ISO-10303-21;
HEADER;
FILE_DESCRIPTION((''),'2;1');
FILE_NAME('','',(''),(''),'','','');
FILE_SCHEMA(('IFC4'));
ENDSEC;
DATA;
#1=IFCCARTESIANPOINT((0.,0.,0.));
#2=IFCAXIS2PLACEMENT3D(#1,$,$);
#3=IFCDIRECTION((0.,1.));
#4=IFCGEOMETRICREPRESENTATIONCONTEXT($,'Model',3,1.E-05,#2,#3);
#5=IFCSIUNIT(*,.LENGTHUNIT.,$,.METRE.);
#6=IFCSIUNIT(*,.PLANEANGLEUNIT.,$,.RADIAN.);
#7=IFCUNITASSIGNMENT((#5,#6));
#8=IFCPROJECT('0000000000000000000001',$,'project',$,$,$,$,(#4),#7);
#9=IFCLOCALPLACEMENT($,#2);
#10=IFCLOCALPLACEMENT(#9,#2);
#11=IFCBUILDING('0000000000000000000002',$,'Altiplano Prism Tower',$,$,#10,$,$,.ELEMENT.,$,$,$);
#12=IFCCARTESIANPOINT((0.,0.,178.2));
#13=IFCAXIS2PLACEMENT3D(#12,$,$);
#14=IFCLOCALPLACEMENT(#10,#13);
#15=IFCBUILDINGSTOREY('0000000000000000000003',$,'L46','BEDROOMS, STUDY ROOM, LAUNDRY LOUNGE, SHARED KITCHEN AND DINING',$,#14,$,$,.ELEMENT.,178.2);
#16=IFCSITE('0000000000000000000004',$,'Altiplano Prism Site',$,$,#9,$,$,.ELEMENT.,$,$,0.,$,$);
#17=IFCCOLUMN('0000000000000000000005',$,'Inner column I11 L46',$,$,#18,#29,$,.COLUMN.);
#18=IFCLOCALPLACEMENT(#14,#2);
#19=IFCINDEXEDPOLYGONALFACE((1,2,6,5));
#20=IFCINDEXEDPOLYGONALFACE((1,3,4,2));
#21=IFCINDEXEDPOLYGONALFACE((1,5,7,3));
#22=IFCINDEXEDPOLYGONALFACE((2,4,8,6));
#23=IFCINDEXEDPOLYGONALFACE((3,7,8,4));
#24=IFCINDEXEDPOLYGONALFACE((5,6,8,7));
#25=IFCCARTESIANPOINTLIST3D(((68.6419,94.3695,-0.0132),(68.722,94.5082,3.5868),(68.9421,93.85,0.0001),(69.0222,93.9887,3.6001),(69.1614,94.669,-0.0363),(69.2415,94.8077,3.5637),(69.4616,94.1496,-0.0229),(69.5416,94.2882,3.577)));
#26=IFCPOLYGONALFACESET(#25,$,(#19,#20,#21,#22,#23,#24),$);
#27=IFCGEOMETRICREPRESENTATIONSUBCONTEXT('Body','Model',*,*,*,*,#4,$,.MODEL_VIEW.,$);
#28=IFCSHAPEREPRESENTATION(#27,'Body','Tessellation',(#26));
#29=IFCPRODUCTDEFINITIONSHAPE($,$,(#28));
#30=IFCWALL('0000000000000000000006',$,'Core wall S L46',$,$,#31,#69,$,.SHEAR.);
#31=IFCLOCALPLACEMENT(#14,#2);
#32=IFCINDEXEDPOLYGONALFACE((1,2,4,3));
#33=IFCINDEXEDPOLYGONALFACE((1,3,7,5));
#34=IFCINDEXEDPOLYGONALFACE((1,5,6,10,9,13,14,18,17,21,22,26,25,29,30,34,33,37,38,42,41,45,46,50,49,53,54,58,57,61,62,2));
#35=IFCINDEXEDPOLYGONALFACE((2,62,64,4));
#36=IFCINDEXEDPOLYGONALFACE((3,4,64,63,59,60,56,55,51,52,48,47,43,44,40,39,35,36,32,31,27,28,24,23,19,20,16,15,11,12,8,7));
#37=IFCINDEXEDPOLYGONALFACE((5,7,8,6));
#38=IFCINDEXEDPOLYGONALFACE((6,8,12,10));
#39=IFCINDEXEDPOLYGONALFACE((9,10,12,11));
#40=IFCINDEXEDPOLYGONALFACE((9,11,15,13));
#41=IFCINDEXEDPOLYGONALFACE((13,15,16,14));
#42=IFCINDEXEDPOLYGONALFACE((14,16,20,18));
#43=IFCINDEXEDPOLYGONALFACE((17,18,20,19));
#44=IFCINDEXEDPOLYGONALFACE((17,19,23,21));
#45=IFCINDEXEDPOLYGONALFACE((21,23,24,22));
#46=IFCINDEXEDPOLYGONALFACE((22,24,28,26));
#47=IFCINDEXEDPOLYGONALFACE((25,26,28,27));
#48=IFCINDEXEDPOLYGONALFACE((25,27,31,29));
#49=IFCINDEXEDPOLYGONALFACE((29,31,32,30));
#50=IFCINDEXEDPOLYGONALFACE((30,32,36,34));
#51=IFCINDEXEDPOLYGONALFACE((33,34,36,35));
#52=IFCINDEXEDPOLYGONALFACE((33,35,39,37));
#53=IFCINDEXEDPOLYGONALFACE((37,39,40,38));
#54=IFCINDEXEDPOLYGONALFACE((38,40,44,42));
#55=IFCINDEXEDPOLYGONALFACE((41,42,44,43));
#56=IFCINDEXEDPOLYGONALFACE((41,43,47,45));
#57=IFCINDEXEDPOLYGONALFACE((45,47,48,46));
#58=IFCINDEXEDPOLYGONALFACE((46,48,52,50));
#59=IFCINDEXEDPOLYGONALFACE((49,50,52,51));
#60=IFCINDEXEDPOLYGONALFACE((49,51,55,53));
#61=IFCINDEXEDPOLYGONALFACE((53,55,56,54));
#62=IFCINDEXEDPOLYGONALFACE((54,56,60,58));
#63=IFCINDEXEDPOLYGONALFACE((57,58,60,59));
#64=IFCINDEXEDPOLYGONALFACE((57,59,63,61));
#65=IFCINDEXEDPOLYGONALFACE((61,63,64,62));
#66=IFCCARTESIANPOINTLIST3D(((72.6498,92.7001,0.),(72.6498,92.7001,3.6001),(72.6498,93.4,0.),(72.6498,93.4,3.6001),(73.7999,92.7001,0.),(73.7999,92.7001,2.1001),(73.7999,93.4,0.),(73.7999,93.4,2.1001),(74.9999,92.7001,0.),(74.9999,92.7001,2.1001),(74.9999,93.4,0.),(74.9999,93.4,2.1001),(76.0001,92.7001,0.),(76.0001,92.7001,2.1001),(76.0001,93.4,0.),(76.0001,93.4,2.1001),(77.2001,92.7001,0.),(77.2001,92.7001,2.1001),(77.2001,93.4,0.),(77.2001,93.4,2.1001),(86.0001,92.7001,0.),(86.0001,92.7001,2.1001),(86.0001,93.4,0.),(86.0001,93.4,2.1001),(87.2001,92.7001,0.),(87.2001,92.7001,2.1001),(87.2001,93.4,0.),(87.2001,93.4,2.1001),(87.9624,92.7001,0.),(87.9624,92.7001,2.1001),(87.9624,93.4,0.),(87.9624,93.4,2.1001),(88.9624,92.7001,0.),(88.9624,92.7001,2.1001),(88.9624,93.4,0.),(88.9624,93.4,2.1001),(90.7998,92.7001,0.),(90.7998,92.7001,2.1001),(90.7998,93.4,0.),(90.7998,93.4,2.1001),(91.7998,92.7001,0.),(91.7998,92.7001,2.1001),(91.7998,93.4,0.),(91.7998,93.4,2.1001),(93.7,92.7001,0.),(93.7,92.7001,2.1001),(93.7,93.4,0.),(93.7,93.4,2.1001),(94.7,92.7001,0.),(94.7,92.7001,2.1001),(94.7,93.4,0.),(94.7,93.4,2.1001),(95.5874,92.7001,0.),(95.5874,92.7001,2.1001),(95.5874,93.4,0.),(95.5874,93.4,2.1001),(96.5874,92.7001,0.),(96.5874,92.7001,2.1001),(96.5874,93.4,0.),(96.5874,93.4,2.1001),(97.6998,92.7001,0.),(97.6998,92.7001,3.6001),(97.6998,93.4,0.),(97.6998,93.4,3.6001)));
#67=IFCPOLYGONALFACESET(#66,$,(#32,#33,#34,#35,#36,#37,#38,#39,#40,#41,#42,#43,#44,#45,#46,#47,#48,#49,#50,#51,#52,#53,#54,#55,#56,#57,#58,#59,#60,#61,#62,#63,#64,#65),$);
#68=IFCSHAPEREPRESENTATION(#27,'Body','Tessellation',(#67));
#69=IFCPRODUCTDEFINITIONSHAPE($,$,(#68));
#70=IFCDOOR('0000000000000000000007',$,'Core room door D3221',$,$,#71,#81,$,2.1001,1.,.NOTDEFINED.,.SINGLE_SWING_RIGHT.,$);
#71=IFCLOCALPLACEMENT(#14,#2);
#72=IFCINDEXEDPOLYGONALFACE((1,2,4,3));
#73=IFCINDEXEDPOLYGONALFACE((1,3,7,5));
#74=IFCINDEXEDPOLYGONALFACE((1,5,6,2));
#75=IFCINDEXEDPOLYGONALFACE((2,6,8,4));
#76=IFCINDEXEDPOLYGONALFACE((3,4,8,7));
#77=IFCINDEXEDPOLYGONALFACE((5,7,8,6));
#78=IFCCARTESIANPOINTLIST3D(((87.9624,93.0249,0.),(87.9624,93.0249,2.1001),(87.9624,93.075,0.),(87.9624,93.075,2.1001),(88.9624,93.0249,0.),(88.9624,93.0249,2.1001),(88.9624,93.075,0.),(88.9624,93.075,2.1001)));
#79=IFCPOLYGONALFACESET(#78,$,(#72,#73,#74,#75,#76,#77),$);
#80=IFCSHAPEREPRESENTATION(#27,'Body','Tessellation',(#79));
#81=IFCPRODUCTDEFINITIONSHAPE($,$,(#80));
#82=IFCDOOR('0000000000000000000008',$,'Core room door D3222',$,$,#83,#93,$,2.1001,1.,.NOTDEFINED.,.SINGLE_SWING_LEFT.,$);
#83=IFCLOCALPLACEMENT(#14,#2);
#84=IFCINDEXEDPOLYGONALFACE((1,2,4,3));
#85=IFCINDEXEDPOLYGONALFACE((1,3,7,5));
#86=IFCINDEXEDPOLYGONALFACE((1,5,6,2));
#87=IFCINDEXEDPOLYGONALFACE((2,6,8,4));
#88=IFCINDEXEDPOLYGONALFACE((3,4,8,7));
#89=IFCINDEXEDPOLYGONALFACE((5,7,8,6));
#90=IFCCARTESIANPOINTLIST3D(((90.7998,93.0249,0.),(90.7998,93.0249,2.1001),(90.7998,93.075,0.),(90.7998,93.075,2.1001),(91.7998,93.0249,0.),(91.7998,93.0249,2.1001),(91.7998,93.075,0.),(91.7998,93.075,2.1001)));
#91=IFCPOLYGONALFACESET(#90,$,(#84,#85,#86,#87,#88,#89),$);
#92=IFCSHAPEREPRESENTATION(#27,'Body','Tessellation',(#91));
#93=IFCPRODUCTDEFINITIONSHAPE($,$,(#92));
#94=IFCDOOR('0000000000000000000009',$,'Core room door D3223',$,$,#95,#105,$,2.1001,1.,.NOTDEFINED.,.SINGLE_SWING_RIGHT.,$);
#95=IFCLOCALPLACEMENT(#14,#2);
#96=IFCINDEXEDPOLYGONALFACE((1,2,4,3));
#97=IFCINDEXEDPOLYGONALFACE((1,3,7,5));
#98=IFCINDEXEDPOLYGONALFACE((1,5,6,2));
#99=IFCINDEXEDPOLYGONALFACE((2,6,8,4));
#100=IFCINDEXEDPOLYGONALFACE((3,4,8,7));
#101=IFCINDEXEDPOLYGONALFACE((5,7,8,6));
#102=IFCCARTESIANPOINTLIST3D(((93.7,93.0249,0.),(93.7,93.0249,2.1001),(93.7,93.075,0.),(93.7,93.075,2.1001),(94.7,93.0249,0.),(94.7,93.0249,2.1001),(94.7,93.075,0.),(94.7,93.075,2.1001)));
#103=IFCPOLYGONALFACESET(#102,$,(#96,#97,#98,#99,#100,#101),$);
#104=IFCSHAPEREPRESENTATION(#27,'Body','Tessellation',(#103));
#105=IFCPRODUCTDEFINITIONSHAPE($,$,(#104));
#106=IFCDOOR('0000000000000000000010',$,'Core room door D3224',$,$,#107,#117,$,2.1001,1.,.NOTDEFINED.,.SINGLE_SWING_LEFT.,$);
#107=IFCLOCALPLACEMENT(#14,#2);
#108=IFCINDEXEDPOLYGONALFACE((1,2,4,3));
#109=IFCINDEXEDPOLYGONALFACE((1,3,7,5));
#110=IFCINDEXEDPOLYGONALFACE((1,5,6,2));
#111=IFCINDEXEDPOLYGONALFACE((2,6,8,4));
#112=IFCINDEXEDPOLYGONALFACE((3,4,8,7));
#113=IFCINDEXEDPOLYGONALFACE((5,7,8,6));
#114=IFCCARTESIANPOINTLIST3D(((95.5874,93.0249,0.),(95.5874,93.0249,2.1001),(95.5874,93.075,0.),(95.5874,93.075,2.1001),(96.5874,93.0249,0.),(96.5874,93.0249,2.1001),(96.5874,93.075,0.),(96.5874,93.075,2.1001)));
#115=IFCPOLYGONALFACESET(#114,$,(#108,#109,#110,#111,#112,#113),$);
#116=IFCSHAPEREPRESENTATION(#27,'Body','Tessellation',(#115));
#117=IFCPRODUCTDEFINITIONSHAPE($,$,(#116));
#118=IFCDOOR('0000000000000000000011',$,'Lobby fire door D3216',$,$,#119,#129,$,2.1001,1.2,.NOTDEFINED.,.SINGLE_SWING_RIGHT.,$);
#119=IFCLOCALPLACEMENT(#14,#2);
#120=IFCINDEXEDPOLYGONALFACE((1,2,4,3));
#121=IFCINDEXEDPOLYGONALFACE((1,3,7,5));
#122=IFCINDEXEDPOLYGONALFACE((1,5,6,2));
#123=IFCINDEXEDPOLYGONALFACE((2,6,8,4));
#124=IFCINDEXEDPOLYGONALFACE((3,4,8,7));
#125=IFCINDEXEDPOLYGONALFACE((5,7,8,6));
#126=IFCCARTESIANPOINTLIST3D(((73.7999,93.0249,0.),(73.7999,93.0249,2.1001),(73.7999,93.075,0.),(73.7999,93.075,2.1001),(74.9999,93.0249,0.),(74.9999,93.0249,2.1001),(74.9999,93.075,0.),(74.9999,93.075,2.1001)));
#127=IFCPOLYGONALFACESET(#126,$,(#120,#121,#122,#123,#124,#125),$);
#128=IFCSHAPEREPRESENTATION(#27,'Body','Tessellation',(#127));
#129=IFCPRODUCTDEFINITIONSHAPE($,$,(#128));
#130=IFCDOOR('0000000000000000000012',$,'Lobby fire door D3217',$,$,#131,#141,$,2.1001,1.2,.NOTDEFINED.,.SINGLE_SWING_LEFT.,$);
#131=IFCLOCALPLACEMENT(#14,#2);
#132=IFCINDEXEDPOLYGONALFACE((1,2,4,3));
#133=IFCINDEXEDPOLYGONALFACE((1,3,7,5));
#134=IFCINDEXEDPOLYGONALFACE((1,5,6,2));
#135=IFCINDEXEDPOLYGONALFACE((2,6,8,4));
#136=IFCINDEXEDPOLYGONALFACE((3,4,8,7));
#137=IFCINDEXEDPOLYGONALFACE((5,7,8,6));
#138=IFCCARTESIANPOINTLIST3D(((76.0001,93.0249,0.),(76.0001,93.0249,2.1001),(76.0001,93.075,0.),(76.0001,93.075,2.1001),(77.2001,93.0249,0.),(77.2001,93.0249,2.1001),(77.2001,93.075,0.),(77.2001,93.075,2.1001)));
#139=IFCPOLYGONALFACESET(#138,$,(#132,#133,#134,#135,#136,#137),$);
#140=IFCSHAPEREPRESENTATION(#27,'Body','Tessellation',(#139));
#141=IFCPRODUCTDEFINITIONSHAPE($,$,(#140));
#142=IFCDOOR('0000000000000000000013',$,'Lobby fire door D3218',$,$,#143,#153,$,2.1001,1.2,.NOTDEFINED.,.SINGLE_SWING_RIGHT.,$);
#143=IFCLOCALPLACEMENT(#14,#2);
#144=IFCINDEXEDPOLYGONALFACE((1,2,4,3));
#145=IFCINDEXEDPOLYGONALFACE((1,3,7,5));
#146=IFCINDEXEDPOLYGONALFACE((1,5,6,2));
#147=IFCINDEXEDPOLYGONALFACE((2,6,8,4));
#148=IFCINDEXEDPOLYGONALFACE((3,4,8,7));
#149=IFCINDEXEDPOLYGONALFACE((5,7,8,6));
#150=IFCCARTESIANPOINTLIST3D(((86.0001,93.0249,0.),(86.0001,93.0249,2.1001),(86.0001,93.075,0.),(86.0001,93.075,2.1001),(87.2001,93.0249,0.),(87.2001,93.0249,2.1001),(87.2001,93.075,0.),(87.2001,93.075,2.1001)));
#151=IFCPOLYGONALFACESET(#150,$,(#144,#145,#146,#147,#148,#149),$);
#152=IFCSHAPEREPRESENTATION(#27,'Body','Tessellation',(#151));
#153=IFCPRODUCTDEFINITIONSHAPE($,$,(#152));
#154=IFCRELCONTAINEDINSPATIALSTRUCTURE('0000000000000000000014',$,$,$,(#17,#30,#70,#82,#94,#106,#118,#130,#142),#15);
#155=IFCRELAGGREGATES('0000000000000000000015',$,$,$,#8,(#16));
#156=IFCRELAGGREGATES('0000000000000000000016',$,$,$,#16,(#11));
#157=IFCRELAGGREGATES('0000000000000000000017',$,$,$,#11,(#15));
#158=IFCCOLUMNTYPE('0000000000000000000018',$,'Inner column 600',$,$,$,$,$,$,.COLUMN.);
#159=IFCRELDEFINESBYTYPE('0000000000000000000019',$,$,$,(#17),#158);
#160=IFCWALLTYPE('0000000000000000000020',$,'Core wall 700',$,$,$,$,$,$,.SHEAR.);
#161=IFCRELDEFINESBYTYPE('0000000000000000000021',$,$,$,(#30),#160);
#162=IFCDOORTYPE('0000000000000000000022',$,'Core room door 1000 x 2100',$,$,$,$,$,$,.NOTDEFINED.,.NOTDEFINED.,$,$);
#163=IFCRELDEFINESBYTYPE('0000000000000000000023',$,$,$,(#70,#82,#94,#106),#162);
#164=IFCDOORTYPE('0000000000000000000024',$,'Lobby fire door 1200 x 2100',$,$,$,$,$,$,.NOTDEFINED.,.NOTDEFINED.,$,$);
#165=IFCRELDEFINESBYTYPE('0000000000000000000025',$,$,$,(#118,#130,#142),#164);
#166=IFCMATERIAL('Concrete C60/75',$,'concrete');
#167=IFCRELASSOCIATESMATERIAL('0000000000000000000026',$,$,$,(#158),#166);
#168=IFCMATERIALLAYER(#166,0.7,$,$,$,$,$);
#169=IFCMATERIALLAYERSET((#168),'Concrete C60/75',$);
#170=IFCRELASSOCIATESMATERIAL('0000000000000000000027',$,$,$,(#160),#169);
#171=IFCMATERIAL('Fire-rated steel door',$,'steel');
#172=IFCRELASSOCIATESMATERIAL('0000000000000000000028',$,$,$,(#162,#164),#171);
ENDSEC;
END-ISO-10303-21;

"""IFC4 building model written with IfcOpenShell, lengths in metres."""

from ifc_helpers import new_model, si_unit, direction, frame, frame_2d, origin, origin_2d, place, context, subcontext, project, spatial, rectangle, extrude, material, layer, layer_set, material_profile, profile_set, type_object, element, fill, save


model = new_model("IFC4")

# Units and contexts
model_context = context("Model", 3, precision=1e-05, world=origin(), true_north=direction((0.0, 1.0)))
body_context = subcontext(model_context, "Body", "Model", "MODEL_VIEW")
ifc_project = project(units=[si_unit("LENGTHUNIT", "METRE"), si_unit("PLANEANGLEUNIT", "RADIAN")], contexts=[model_context])

# Site, building, storey
site_placement = place(None, origin())
site = spatial("IfcSite", under=ifc_project, at=site_placement, Name="Altiplano Prism Site", CompositionType="ELEMENT", RefElevation=0.0)
building_placement = place(site_placement, origin())
building = spatial("IfcBuilding", under=site, at=building_placement, Name="Altiplano Prism Tower", CompositionType="ELEMENT")
storey_placement = place(building_placement, frame((0.0, 0.0, 178.2)))
storey = spatial("IfcBuildingStorey", under=building, at=storey_placement, Name="L46", Description="BEDROOMS, STUDY ROOM, LAUNDRY LOUNGE, SHARED KITCHEN AND DINING", CompositionType="ELEMENT", Elevation=178.2)

# Column
ifc_material_1 = material(Name="Concrete C60/75", Category="concrete")
ifc_material_profile = material_profile(ifc_material_1, rectangle(XDim=0.6001, YDim=0.6001, at=origin_2d()), Name="Inner column 600")
ifc_profile_set = profile_set([ifc_material_profile], Name="Concrete C60/75")
column_type = type_object("IfcColumnType", Name="Inner column 600", PredefinedType="COLUMN", material=ifc_profile_set)
column_placement = place(storey_placement, frame((69.0518, 94.2595, -0.0181), z_axis=(0.022223, 0.038483, 0.999012), x_axis=(-0.865642, -0.499182, 0.038485)))
element("IfcColumn", 1, at=column_placement, inside=storey, type_object=column_type, Name="Inner column I11 L46", PredefinedType="COLUMN", context=body_context, shape_type="SweptSolid", body=[
    extrude(rectangle(XDim=0.6001, YDim=0.6001, at=origin_2d()), origin(), (0.0, 0.0, 1.0), 3.6035),
])

# Wall, openings, doors
ifc_layer_1 = layer(ifc_material_1, 0.7)
ifc_layer_set_1 = layer_set([ifc_layer_1], Name="Concrete C60/75")
wall_type_1 = type_object("IfcWallType", Name="Core wall 700", PredefinedType="SHEAR", material=ifc_layer_set_1)
wall_1_placement = place(storey_placement, frame((72.6499, 93.05, 0.0), z_axis=(0.0, 0.0, 1.0), x_axis=(1.0, 0.0, 0.0)))
wall_1 = element("IfcWall", 2, at=wall_1_placement, inside=storey, type_object=wall_type_1, Name="Core wall S L46", PredefinedType="SHEAR", context=body_context, shape_type="SweptSolid", body=[
    extrude(rectangle(XDim=25.05, YDim=0.7, at=frame_2d((12.5249, 0.0))), origin(), (0.0, 0.0, 1.0), 3.6001),
])
opening_1_placement = place(wall_1_placement, frame((1.1499, 0.0, 0.0)))
opening_1 = element("IfcOpeningElement", 3, at=opening_1_placement, cuts=wall_1, PredefinedType="OPENING", context=body_context, shape_type="SweptSolid", body=[
    extrude(rectangle(XDim=1.2, YDim=2.1001, at=frame_2d((0.6001, 1.05))), frame((0.0, 0.3604, 0.0), z_axis=(0.0, -1.0, 0.0), x_axis=(1.0, 0.0, 0.0)), (0.0, 0.0, 1.0), 0.7209),
])
opening_2_placement = place(wall_1_placement, frame((3.3501, 0.0, 0.0)))
opening_2 = element("IfcOpeningElement", 4, at=opening_2_placement, cuts=wall_1, PredefinedType="OPENING", context=body_context, shape_type="SweptSolid", body=[
    extrude(rectangle(XDim=1.2, YDim=2.1001, at=frame_2d((0.6001, 1.05))), frame((0.0, 0.3604, 0.0), z_axis=(0.0, -1.0, 0.0), x_axis=(1.0, 0.0, 0.0)), (0.0, 0.0, 1.0), 0.7209),
])
opening_3_placement = place(wall_1_placement, frame((13.3501, 0.0, 0.0)))
opening_3 = element("IfcOpeningElement", 5, at=opening_3_placement, cuts=wall_1, PredefinedType="OPENING", context=body_context, shape_type="SweptSolid", body=[
    extrude(rectangle(XDim=1.2, YDim=2.1001, at=frame_2d((0.6001, 1.05))), frame((0.0, 0.3604, 0.0), z_axis=(0.0, -1.0, 0.0), x_axis=(1.0, 0.0, 0.0)), (0.0, 0.0, 1.0), 0.7209),
])
opening_4_placement = place(wall_1_placement, frame((15.3125, 0.0, 0.0)))
opening_4 = element("IfcOpeningElement", 6, at=opening_4_placement, cuts=wall_1, PredefinedType="OPENING", context=body_context, shape_type="SweptSolid", body=[
    extrude(rectangle(XDim=1.0, YDim=2.1001, at=frame_2d((0.5, 1.05))), frame((0.0, 0.3604, 0.0), z_axis=(0.0, -1.0, 0.0), x_axis=(1.0, 0.0, 0.0)), (0.0, 0.0, 1.0), 0.7209),
])
opening_5_placement = place(wall_1_placement, frame((18.1499, 0.0, 0.0)))
opening_5 = element("IfcOpeningElement", 7, at=opening_5_placement, cuts=wall_1, PredefinedType="OPENING", context=body_context, shape_type="SweptSolid", body=[
    extrude(rectangle(XDim=1.0, YDim=2.1001, at=frame_2d((0.5, 1.05))), frame((0.0, 0.3604, 0.0), z_axis=(0.0, -1.0, 0.0), x_axis=(1.0, 0.0, 0.0)), (0.0, 0.0, 1.0), 0.7209),
])
opening_6_placement = place(wall_1_placement, frame((21.05, 0.0, 0.0)))
opening_6 = element("IfcOpeningElement", 8, at=opening_6_placement, cuts=wall_1, PredefinedType="OPENING", context=body_context, shape_type="SweptSolid", body=[
    extrude(rectangle(XDim=1.0, YDim=2.1001, at=frame_2d((0.5, 1.05))), frame((0.0, 0.3604, 0.0), z_axis=(0.0, -1.0, 0.0), x_axis=(1.0, 0.0, 0.0)), (0.0, 0.0, 1.0), 0.7209),
])
opening_7_placement = place(wall_1_placement, frame((22.9375, 0.0, 0.0)))
opening_7 = element("IfcOpeningElement", 9, at=opening_7_placement, cuts=wall_1, PredefinedType="OPENING", context=body_context, shape_type="SweptSolid", body=[
    extrude(rectangle(XDim=1.0, YDim=2.1001, at=frame_2d((0.5, 1.05))), frame((0.0, 0.3604, 0.0), z_axis=(0.0, -1.0, 0.0), x_axis=(1.0, 0.0, 0.0)), (0.0, 0.0, 1.0), 0.7209),
])
ifc_material_2 = material(Name="Fire-rated steel door", Category="steel")
door_type_1 = type_object("IfcDoorType", Name="Core room door 1000 x 2100", OperationType="NOTDEFINED", PredefinedType="NOTDEFINED", material=ifc_material_2)
door_1_placement = place(opening_4_placement, origin())
door_1 = element("IfcDoor", 10, at=door_1_placement, inside=storey, type_object=door_type_1, Name="Core room door D3221", OperationType="SINGLE_SWING_RIGHT", OverallHeight=2.1001, OverallWidth=1.0, PredefinedType="NOTDEFINED", context=body_context, shape_type="SweptSolid", body=[
    extrude(rectangle(XDim=1.0, YDim=2.1001, at=frame_2d((0.5, 1.05))), frame((0.0, 0.0249, 0.0), z_axis=(0.0, -1.0, 0.0), x_axis=(1.0, 0.0, 0.0)), (0.0, 0.0, 1.0), 0.05),
])
fill(opening_4, door_1)
door_2_placement = place(opening_5_placement, origin())
door_2 = element("IfcDoor", 11, at=door_2_placement, inside=storey, type_object=door_type_1, Name="Core room door D3222", OperationType="SINGLE_SWING_LEFT", OverallHeight=2.1001, OverallWidth=1.0, PredefinedType="NOTDEFINED", context=body_context, shape_type="SweptSolid", body=[
    extrude(rectangle(XDim=1.0, YDim=2.1001, at=frame_2d((0.5, 1.05))), frame((0.0, 0.0249, 0.0), z_axis=(0.0, -1.0, 0.0), x_axis=(1.0, 0.0, 0.0)), (0.0, 0.0, 1.0), 0.05),
])
fill(opening_5, door_2)
door_3_placement = place(opening_6_placement, origin())
door_3 = element("IfcDoor", 12, at=door_3_placement, inside=storey, type_object=door_type_1, Name="Core room door D3223", OperationType="SINGLE_SWING_RIGHT", OverallHeight=2.1001, OverallWidth=1.0, PredefinedType="NOTDEFINED", context=body_context, shape_type="SweptSolid", body=[
    extrude(rectangle(XDim=1.0, YDim=2.1001, at=frame_2d((0.5, 1.05))), frame((0.0, 0.0249, 0.0), z_axis=(0.0, -1.0, 0.0), x_axis=(1.0, 0.0, 0.0)), (0.0, 0.0, 1.0), 0.05),
])
fill(opening_6, door_3)
door_4_placement = place(opening_7_placement, origin())
door_4 = element("IfcDoor", 13, at=door_4_placement, inside=storey, type_object=door_type_1, Name="Core room door D3224", OperationType="SINGLE_SWING_LEFT", OverallHeight=2.1001, OverallWidth=1.0, PredefinedType="NOTDEFINED", context=body_context, shape_type="SweptSolid", body=[
    extrude(rectangle(XDim=1.0, YDim=2.1001, at=frame_2d((0.5, 1.05))), frame((0.0, 0.0249, 0.0), z_axis=(0.0, -1.0, 0.0), x_axis=(1.0, 0.0, 0.0)), (0.0, 0.0, 1.0), 0.05),
])
fill(opening_7, door_4)
door_type_2 = type_object("IfcDoorType", Name="Lobby fire door 1200 x 2100", OperationType="NOTDEFINED", PredefinedType="NOTDEFINED", material=ifc_material_2)
door_5_placement = place(opening_1_placement, origin())
door_5 = element("IfcDoor", 14, at=door_5_placement, inside=storey, type_object=door_type_2, Name="Lobby fire door D3216", OperationType="SINGLE_SWING_RIGHT", OverallHeight=2.1001, OverallWidth=1.2, PredefinedType="NOTDEFINED", context=body_context, shape_type="SweptSolid", body=[
    extrude(rectangle(XDim=1.2, YDim=2.1001, at=frame_2d((0.6001, 1.05))), frame((0.0, 0.0249, 0.0), z_axis=(0.0, -1.0, 0.0), x_axis=(1.0, 0.0, 0.0)), (0.0, 0.0, 1.0), 0.05),
])
fill(opening_1, door_5)
door_6_placement = place(opening_2_placement, origin())
door_6 = element("IfcDoor", 15, at=door_6_placement, inside=storey, type_object=door_type_2, Name="Lobby fire door D3217", OperationType="SINGLE_SWING_LEFT", OverallHeight=2.1001, OverallWidth=1.2, PredefinedType="NOTDEFINED", context=body_context, shape_type="SweptSolid", body=[
    extrude(rectangle(XDim=1.2, YDim=2.1001, at=frame_2d((0.6001, 1.05))), frame((0.0, 0.0249, 0.0), z_axis=(0.0, -1.0, 0.0), x_axis=(1.0, 0.0, 0.0)), (0.0, 0.0, 1.0), 0.05),
])
fill(opening_2, door_6)
door_7_placement = place(opening_3_placement, origin())
door_7 = element("IfcDoor", 16, at=door_7_placement, inside=storey, type_object=door_type_2, Name="Lobby fire door D3218", OperationType="SINGLE_SWING_RIGHT", OverallHeight=2.1001, OverallWidth=1.2, PredefinedType="NOTDEFINED", context=body_context, shape_type="SweptSolid", body=[
    extrude(rectangle(XDim=1.2, YDim=2.1001, at=frame_2d((0.6001, 1.05))), frame((0.0, 0.0249, 0.0), z_axis=(0.0, -1.0, 0.0), x_axis=(1.0, 0.0, 0.0)), (0.0, 0.0, 1.0), 0.05),
])
fill(opening_3, door_7)

save(model, "model.ifc")
